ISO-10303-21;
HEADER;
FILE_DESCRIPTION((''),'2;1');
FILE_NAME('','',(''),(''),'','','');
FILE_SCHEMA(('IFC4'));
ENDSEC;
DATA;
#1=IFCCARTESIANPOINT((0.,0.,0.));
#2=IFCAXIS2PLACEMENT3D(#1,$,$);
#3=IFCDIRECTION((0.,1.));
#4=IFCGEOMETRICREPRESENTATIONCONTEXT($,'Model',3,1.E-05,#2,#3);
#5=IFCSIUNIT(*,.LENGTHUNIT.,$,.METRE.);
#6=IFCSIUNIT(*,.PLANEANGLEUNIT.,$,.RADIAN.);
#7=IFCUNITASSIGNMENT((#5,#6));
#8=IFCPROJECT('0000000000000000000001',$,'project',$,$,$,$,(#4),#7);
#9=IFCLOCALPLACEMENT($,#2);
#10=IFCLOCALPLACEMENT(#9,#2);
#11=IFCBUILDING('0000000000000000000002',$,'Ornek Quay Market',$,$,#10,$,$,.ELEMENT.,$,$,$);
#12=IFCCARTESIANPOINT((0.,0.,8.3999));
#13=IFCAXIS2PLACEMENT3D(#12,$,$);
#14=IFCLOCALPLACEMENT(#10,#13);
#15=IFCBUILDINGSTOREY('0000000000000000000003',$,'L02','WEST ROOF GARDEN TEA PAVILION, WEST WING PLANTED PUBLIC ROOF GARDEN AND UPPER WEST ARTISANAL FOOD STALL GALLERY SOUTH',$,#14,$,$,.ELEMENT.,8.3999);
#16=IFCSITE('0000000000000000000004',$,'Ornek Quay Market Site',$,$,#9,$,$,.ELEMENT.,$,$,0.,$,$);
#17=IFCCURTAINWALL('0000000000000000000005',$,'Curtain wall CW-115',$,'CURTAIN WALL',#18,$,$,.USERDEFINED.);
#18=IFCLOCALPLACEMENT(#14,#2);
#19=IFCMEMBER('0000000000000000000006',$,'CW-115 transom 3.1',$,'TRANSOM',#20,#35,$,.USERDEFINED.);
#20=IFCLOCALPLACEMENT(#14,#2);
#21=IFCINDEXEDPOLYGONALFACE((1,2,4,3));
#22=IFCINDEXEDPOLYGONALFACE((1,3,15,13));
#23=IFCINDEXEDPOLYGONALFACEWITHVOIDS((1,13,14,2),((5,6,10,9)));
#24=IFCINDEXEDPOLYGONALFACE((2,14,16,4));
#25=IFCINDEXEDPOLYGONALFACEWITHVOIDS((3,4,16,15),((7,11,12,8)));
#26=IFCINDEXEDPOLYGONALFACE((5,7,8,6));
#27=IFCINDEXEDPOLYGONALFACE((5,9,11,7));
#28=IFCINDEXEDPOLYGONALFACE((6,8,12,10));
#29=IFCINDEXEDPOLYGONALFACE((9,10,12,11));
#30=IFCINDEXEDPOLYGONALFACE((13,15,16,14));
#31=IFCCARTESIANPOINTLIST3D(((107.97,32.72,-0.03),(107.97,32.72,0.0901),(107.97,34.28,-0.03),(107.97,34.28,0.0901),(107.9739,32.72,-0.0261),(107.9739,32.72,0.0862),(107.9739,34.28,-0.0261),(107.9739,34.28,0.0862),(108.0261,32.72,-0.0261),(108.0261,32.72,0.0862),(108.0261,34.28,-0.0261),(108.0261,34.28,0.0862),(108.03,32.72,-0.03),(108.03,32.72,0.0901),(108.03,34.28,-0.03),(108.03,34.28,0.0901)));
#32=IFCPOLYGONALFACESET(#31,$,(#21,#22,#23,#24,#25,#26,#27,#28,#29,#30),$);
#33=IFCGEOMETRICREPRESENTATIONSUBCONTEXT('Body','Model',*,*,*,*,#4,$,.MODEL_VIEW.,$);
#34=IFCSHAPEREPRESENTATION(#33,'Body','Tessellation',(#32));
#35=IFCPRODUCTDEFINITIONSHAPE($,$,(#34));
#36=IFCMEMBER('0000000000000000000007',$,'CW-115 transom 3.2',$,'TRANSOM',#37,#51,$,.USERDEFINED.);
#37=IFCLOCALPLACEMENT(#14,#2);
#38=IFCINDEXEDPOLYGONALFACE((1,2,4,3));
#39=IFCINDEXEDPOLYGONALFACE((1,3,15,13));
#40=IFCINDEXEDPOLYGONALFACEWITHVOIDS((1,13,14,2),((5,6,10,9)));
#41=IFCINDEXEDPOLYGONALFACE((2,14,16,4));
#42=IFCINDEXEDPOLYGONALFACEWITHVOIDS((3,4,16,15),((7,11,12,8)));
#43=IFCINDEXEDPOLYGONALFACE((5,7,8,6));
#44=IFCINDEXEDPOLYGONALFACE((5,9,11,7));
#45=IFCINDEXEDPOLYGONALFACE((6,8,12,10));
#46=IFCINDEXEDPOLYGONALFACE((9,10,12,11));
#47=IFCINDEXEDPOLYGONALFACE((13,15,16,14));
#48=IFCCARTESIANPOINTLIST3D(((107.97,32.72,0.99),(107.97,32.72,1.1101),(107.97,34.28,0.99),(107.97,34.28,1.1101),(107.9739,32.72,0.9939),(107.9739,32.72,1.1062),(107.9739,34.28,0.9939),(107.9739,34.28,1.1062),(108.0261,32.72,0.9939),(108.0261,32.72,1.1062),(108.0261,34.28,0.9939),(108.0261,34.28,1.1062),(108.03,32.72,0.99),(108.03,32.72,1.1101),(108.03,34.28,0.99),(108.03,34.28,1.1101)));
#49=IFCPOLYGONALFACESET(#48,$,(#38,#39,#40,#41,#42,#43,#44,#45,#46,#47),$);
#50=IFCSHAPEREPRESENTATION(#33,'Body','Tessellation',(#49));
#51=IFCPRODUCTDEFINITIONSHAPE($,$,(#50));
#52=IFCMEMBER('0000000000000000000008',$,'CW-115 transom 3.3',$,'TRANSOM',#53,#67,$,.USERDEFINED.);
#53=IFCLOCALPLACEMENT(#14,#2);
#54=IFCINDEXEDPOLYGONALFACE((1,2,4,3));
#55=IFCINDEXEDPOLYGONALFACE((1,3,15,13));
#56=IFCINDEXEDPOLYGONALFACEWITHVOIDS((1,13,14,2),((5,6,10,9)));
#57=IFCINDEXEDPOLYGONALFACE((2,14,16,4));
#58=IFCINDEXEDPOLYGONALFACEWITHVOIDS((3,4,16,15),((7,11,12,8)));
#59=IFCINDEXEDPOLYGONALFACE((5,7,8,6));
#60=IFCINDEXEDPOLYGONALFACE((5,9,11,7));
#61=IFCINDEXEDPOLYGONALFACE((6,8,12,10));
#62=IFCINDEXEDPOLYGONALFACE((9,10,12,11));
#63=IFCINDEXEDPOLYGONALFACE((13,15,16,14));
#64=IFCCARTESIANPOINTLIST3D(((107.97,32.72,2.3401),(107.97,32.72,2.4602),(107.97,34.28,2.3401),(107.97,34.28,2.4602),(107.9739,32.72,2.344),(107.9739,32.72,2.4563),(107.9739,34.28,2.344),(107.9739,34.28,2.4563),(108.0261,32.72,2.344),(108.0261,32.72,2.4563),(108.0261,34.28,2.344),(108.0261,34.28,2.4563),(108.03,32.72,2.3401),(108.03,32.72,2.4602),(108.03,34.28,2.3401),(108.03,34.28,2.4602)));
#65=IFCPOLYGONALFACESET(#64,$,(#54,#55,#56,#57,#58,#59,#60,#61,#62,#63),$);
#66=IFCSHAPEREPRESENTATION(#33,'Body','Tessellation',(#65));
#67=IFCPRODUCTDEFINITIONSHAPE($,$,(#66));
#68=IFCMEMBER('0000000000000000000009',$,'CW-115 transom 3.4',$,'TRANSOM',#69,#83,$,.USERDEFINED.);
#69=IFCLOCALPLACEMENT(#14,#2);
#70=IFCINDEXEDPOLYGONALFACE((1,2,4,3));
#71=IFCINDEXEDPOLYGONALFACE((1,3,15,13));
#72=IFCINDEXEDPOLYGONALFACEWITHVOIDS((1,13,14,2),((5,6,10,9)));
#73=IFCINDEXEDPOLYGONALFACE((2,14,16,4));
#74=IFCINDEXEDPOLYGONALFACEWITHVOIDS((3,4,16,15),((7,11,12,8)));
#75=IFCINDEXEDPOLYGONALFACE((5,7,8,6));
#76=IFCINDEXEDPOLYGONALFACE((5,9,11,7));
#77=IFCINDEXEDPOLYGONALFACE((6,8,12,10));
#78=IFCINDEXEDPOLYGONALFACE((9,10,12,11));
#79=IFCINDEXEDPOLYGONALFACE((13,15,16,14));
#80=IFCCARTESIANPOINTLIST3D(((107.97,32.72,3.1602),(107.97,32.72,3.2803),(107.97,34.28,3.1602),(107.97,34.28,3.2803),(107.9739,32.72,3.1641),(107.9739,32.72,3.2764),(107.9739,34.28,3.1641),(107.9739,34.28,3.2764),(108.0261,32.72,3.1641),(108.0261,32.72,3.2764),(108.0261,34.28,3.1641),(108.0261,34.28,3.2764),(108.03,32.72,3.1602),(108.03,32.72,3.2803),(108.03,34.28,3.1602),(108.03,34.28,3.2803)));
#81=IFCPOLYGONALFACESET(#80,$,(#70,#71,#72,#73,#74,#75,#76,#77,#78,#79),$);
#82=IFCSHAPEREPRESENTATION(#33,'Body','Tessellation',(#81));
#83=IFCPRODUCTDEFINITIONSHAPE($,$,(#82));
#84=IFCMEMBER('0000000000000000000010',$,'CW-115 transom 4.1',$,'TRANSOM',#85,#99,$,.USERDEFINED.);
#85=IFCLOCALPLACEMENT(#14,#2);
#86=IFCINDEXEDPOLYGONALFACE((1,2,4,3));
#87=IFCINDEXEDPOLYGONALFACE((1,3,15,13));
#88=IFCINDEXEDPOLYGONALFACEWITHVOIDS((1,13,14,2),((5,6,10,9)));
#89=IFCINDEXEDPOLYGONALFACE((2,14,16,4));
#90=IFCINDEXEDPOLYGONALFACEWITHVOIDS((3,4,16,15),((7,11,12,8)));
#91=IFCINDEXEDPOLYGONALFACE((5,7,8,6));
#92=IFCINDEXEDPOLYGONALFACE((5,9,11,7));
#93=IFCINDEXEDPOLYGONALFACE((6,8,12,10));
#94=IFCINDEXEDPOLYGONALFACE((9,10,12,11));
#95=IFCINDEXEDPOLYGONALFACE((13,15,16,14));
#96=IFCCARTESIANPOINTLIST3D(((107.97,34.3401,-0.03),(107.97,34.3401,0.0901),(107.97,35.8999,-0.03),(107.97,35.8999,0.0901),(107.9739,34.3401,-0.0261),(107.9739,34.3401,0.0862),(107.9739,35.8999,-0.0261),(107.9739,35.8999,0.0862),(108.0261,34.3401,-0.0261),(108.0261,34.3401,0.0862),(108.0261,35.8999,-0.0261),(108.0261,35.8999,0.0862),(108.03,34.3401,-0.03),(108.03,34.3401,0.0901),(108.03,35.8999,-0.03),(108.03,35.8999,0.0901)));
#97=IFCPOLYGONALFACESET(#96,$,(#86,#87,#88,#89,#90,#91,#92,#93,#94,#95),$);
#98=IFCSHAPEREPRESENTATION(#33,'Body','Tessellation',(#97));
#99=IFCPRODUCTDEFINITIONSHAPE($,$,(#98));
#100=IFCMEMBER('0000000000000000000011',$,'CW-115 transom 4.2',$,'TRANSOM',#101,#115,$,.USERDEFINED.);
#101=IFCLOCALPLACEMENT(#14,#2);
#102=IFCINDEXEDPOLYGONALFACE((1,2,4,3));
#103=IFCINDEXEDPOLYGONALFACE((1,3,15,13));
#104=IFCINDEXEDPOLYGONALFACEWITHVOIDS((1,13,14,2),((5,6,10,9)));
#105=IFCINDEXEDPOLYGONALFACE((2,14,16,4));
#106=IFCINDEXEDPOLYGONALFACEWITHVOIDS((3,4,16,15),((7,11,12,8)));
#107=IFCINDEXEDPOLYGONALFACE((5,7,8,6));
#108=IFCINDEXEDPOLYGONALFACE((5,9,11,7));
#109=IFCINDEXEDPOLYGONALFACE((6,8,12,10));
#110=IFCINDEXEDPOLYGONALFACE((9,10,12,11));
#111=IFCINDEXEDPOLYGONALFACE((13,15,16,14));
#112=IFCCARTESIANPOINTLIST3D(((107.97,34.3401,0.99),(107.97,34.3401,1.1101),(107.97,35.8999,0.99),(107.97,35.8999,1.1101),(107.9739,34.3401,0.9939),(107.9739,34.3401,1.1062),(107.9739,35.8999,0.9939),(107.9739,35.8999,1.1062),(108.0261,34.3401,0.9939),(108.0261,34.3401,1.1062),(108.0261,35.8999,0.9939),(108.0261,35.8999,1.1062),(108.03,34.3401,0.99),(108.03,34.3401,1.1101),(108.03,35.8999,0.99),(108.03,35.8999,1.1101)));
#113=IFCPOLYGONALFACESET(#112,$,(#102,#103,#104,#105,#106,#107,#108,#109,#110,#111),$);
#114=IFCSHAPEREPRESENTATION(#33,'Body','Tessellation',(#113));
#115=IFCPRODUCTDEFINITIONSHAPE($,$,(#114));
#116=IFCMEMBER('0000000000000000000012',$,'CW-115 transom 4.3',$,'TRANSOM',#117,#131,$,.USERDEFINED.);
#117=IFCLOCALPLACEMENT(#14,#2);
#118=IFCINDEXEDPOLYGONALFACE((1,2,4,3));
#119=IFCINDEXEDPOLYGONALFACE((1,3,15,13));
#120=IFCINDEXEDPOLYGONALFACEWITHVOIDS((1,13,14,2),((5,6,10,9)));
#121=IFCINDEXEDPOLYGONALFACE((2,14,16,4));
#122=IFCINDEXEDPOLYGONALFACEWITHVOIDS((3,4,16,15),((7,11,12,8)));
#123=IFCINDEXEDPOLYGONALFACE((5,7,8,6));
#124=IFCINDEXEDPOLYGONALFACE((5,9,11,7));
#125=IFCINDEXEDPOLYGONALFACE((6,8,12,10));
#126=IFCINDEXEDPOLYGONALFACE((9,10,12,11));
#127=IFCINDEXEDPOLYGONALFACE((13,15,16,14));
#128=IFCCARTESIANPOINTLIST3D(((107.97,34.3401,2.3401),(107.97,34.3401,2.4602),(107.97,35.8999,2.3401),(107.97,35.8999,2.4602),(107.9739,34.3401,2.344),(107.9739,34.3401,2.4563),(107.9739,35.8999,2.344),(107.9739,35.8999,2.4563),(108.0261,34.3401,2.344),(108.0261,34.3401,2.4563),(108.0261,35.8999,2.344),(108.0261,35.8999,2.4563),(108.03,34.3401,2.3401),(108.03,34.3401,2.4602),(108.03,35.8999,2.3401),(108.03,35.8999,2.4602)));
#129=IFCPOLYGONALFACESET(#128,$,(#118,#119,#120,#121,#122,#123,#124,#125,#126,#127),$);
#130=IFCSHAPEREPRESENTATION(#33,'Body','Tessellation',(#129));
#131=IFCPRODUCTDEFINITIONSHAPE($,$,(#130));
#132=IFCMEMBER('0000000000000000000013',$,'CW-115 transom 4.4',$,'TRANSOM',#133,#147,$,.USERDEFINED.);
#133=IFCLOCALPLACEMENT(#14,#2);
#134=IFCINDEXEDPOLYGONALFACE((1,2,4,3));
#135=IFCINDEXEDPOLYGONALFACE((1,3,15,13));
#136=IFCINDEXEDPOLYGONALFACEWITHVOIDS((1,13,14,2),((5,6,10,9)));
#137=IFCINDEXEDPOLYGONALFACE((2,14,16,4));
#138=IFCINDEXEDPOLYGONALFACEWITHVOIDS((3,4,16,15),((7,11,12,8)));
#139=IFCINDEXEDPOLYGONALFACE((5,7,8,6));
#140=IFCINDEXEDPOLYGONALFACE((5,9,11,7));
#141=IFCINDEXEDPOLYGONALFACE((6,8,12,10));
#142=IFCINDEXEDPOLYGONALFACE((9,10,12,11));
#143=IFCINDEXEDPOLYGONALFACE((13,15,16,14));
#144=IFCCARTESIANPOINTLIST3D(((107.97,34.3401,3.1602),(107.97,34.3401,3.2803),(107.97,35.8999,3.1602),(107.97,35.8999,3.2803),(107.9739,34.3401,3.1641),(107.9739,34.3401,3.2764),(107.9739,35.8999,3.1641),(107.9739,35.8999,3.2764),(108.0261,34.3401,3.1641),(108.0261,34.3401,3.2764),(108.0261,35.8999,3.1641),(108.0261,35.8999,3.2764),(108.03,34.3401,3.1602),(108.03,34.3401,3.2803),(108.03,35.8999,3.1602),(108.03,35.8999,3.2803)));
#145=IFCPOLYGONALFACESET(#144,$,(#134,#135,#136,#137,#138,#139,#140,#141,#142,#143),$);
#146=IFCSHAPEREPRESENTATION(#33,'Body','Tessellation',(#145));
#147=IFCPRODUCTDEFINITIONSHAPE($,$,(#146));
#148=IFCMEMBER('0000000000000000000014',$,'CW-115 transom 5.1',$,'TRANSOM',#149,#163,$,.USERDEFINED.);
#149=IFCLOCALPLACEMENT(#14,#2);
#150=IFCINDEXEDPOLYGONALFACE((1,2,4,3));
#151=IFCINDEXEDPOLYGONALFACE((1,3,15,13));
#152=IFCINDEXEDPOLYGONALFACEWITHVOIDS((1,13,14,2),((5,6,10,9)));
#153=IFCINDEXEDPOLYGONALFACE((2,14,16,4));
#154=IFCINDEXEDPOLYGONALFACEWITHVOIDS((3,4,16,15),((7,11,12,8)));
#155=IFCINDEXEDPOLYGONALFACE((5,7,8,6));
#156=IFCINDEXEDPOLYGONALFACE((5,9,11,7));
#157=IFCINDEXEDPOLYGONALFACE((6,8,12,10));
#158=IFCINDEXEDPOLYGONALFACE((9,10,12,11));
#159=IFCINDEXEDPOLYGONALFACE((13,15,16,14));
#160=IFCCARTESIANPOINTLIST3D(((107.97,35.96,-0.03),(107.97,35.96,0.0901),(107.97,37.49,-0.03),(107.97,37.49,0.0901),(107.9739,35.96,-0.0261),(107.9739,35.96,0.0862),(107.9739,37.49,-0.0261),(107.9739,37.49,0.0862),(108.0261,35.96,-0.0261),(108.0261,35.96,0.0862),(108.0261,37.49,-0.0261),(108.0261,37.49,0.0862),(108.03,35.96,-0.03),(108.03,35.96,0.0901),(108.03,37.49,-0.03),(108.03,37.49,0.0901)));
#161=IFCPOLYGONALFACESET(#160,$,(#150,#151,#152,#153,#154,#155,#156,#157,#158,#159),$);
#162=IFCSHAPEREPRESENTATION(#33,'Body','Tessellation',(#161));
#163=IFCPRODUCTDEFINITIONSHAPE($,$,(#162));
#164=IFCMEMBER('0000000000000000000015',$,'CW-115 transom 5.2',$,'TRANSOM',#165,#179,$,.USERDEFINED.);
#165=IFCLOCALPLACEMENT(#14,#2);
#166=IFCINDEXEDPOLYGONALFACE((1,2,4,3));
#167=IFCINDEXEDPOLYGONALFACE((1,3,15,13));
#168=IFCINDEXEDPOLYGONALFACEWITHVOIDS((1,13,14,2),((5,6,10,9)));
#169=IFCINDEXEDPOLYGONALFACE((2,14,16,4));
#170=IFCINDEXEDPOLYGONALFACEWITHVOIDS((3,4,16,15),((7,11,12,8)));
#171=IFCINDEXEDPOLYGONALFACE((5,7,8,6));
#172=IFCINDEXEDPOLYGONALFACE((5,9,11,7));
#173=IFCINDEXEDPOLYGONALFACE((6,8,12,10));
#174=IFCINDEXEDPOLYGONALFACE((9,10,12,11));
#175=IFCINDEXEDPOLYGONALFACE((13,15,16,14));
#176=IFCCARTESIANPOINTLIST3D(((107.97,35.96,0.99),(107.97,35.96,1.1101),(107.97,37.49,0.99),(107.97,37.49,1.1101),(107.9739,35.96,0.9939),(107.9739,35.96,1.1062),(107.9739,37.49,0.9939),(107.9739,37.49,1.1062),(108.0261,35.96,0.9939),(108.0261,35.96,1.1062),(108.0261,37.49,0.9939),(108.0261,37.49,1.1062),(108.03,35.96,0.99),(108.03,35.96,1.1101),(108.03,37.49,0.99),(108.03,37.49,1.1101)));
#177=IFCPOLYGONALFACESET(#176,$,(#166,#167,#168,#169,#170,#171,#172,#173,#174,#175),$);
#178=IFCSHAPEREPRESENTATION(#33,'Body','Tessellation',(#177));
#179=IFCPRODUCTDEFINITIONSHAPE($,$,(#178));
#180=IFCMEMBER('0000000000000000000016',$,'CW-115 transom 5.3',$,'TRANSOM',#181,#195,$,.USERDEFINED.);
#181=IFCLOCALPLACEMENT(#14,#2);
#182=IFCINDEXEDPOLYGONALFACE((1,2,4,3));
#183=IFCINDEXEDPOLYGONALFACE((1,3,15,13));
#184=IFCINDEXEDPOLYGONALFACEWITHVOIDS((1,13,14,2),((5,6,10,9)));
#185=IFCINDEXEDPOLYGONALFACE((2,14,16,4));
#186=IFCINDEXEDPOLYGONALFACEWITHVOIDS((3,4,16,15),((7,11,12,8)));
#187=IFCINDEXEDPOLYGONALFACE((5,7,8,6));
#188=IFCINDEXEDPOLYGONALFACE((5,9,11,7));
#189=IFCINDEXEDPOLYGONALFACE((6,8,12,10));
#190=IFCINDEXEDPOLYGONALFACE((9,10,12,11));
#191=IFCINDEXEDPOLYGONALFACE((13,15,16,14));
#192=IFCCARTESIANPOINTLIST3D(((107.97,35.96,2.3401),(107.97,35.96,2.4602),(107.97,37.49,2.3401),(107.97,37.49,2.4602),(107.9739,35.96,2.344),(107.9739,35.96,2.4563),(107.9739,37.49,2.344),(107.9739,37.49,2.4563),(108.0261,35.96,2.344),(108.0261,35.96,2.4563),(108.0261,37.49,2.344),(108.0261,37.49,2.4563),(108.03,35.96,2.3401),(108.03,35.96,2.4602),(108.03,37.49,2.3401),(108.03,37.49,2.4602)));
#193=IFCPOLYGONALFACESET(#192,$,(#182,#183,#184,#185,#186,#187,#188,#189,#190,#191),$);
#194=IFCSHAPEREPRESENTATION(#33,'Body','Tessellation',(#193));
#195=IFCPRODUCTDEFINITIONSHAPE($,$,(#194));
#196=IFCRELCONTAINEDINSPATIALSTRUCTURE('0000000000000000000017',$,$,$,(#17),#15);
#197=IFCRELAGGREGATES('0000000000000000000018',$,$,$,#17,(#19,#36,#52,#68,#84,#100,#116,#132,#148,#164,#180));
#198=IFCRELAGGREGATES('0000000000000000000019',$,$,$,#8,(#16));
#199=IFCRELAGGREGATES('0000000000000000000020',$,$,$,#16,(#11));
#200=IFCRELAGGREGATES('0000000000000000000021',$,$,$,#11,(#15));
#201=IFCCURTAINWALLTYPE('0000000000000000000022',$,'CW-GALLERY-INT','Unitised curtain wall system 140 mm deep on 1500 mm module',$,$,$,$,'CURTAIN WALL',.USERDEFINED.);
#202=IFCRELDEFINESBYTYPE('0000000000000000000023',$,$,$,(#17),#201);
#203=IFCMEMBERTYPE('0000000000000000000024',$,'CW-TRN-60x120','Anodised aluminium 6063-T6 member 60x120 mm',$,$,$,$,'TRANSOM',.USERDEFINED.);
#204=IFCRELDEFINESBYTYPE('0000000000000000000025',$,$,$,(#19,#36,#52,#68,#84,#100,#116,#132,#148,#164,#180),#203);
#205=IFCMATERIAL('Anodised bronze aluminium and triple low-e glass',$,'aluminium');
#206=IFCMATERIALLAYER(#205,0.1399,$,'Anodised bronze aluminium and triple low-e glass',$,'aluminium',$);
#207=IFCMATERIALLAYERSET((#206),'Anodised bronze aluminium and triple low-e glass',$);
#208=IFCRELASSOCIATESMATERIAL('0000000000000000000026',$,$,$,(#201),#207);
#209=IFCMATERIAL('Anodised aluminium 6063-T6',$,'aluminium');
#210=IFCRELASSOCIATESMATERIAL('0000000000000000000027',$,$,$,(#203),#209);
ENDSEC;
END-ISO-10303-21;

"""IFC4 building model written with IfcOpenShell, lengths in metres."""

from ifc_helpers import new_model, si_unit, direction, frame, origin, origin_2d, place, context, subcontext, project, spatial, hollow_rectangle, extrude, material, layer, layer_set, material_profile, profile_set, type_object, element, aggregate, save


model = new_model("IFC4")

# Units and contexts
model_context = context("Model", 3, precision=1e-05, world=origin(), true_north=direction((0.0, 1.0)))
body_context = subcontext(model_context, "Body", "Model", "MODEL_VIEW")
ifc_project = project(units=[si_unit("LENGTHUNIT", "METRE"), si_unit("PLANEANGLEUNIT", "RADIAN")], contexts=[model_context])

# Site, building, storey
site_placement = place(None, origin())
site = spatial("IfcSite", under=ifc_project, at=site_placement, Name="Ornek Quay Market Site", CompositionType="ELEMENT", RefElevation=0.0)
building_placement = place(site_placement, origin())
building = spatial("IfcBuilding", under=site, at=building_placement, Name="Ornek Quay Market", CompositionType="ELEMENT")
storey_placement = place(building_placement, frame((0.0, 0.0, 8.3999)))
storey = spatial("IfcBuildingStorey", under=building, at=storey_placement, Name="L02", Description="WEST ROOF GARDEN TEA PAVILION, WEST WING PLANTED PUBLIC ROOF GARDEN AND UPPER WEST ARTISANAL FOOD STALL GALLERY SOUTH", CompositionType="ELEMENT", Elevation=8.3999)

# Curtain wall, members
ifc_material_1 = material(Name="Anodised bronze aluminium and triple low-e glass", Category="aluminium")
ifc_layer_1 = layer(ifc_material_1, 0.1399, Name="Anodised bronze aluminium and triple low-e glass", Category="aluminium")
ifc_layer_set_1 = layer_set([ifc_layer_1], Name="Anodised bronze aluminium and triple low-e glass")
curtain_wall_type = type_object("IfcCurtainWallType", Name="CW-GALLERY-INT", Description="Unitised curtain wall system 140 mm deep on 1500 mm module", ElementType="CURTAIN WALL", PredefinedType="USERDEFINED", material=ifc_layer_set_1)
curtain_wall_placement = place(storey_placement, origin())
curtain_wall = element("IfcCurtainWall", 1, at=curtain_wall_placement, inside=storey, type_object=curtain_wall_type, Name="Curtain wall CW-115", ObjectType="CURTAIN WALL", PredefinedType="USERDEFINED")
ifc_material_2 = material(Name="Anodised aluminium 6063-T6", Category="aluminium")
ifc_material_profile_1 = material_profile(ifc_material_2, hollow_rectangle(XDim=0.0601, YDim=0.1201, WallThickness=0.0039, at=origin_2d()), Name="CW-TRN-60x120", Category="aluminium")
ifc_profile_set_1 = profile_set([ifc_material_profile_1], Name="Anodised aluminium 6063-T6")
member_type_1 = type_object("IfcMemberType", Name="CW-TRN-60x120", Description="Anodised aluminium 6063-T6 member 60x120 mm", ElementType="TRANSOM", PredefinedType="USERDEFINED", material=ifc_profile_set_1)
member_1_placement = place(storey_placement, frame((108.0, 32.72, 0.03), z_axis=(0.0, 1.0, 0.0), x_axis=(-1.0, 0.0, 0.0)))
member_1 = element("IfcMember", 2, at=member_1_placement, type_object=member_type_1, Name="CW-115 transom 3.1", ObjectType="TRANSOM", PredefinedType="USERDEFINED", context=body_context, shape_type="SweptSolid", body=[
    extrude(hollow_rectangle(XDim=0.0601, YDim=0.1201, WallThickness=0.0039, at=origin_2d()), origin(), (0.0, 0.0, 1.0), 1.5601),
])
member_2_placement = place(storey_placement, frame((108.0, 32.72, 1.05), z_axis=(0.0, 1.0, 0.0), x_axis=(-1.0, 0.0, 0.0)))
member_2 = element("IfcMember", 3, at=member_2_placement, type_object=member_type_1, Name="CW-115 transom 3.2", ObjectType="TRANSOM", PredefinedType="USERDEFINED", context=body_context, shape_type="SweptSolid", body=[
    extrude(hollow_rectangle(XDim=0.0601, YDim=0.1201, WallThickness=0.0039, at=origin_2d()), origin(), (0.0, 0.0, 1.0), 1.5601),
])
member_3_placement = place(storey_placement, frame((108.0, 32.72, 2.4001), z_axis=(0.0, 1.0, 0.0), x_axis=(-1.0, 0.0, 0.0)))
member_3 = element("IfcMember", 4, at=member_3_placement, type_object=member_type_1, Name="CW-115 transom 3.3", ObjectType="TRANSOM", PredefinedType="USERDEFINED", context=body_context, shape_type="SweptSolid", body=[
    extrude(hollow_rectangle(XDim=0.0601, YDim=0.1201, WallThickness=0.0039, at=origin_2d()), origin(), (0.0, 0.0, 1.0), 1.5601),
])
member_4_placement = place(storey_placement, frame((108.0, 32.72, 3.2202), z_axis=(0.0, 1.0, 0.0), x_axis=(-1.0, 0.0, 0.0)))
member_4 = element("IfcMember", 5, at=member_4_placement, type_object=member_type_1, Name="CW-115 transom 3.4", ObjectType="TRANSOM", PredefinedType="USERDEFINED", context=body_context, shape_type="SweptSolid", body=[
    extrude(hollow_rectangle(XDim=0.0601, YDim=0.1201, WallThickness=0.0039, at=origin_2d()), origin(), (0.0, 0.0, 1.0), 1.5601),
])
member_5_placement = place(storey_placement, frame((108.0, 34.3401, 0.03), z_axis=(0.0, 1.0, 0.0), x_axis=(-1.0, 0.0, 0.0)))
member_5 = element("IfcMember", 6, at=member_5_placement, type_object=member_type_1, Name="CW-115 transom 4.1", ObjectType="TRANSOM", PredefinedType="USERDEFINED", context=body_context, shape_type="SweptSolid", body=[
    extrude(hollow_rectangle(XDim=0.0601, YDim=0.1201, WallThickness=0.0039, at=origin_2d()), origin(), (0.0, 0.0, 1.0), 1.5598),
])
member_6_placement = place(storey_placement, frame((108.0, 34.3401, 1.05), z_axis=(0.0, 1.0, 0.0), x_axis=(-1.0, 0.0, 0.0)))
member_6 = element("IfcMember", 7, at=member_6_placement, type_object=member_type_1, Name="CW-115 transom 4.2", ObjectType="TRANSOM", PredefinedType="USERDEFINED", context=body_context, shape_type="SweptSolid", body=[
    extrude(hollow_rectangle(XDim=0.0601, YDim=0.1201, WallThickness=0.0039, at=origin_2d()), origin(), (0.0, 0.0, 1.0), 1.5598),
])
member_7_placement = place(storey_placement, frame((108.0, 34.3401, 2.4001), z_axis=(0.0, 1.0, 0.0), x_axis=(-1.0, 0.0, 0.0)))
member_7 = element("IfcMember", 8, at=member_7_placement, type_object=member_type_1, Name="CW-115 transom 4.3", ObjectType="TRANSOM", PredefinedType="USERDEFINED", context=body_context, shape_type="SweptSolid", body=[
    extrude(hollow_rectangle(XDim=0.0601, YDim=0.1201, WallThickness=0.0039, at=origin_2d()), origin(), (0.0, 0.0, 1.0), 1.5598),
])
member_8_placement = place(storey_placement, frame((108.0, 34.3401, 3.2202), z_axis=(0.0, 1.0, 0.0), x_axis=(-1.0, 0.0, 0.0)))
member_8 = element("IfcMember", 9, at=member_8_placement, type_object=member_type_1, Name="CW-115 transom 4.4", ObjectType="TRANSOM", PredefinedType="USERDEFINED", context=body_context, shape_type="SweptSolid", body=[
    extrude(hollow_rectangle(XDim=0.0601, YDim=0.1201, WallThickness=0.0039, at=origin_2d()), origin(), (0.0, 0.0, 1.0), 1.5598),
])
member_9_placement = place(storey_placement, frame((108.0, 35.96, 0.03), z_axis=(0.0, 1.0, 0.0), x_axis=(-1.0, 0.0, 0.0)))
member_9 = element("IfcMember", 10, at=member_9_placement, type_object=member_type_1, Name="CW-115 transom 5.1", ObjectType="TRANSOM", PredefinedType="USERDEFINED", context=body_context, shape_type="SweptSolid", body=[
    extrude(hollow_rectangle(XDim=0.0601, YDim=0.1201, WallThickness=0.0039, at=origin_2d()), origin(), (0.0, 0.0, 1.0), 1.53),
])
member_10_placement = place(storey_placement, frame((108.0, 35.96, 1.05), z_axis=(0.0, 1.0, 0.0), x_axis=(-1.0, 0.0, 0.0)))
member_10 = element("IfcMember", 11, at=member_10_placement, type_object=member_type_1, Name="CW-115 transom 5.2", ObjectType="TRANSOM", PredefinedType="USERDEFINED", context=body_context, shape_type="SweptSolid", body=[
    extrude(hollow_rectangle(XDim=0.0601, YDim=0.1201, WallThickness=0.0039, at=origin_2d()), origin(), (0.0, 0.0, 1.0), 1.53),
])
member_11_placement = place(storey_placement, frame((108.0, 35.96, 2.4001), z_axis=(0.0, 1.0, 0.0), x_axis=(-1.0, 0.0, 0.0)))
member_11 = element("IfcMember", 12, at=member_11_placement, type_object=member_type_1, Name="CW-115 transom 5.3", ObjectType="TRANSOM", PredefinedType="USERDEFINED", context=body_context, shape_type="SweptSolid", body=[
    extrude(hollow_rectangle(XDim=0.0601, YDim=0.1201, WallThickness=0.0039, at=origin_2d()), origin(), (0.0, 0.0, 1.0), 1.53),
])
aggregate(curtain_wall, [member_1, member_2, member_3, member_4, member_5, member_6, member_7, member_8, member_9, member_10, member_11])

save(model, "model.ifc")
